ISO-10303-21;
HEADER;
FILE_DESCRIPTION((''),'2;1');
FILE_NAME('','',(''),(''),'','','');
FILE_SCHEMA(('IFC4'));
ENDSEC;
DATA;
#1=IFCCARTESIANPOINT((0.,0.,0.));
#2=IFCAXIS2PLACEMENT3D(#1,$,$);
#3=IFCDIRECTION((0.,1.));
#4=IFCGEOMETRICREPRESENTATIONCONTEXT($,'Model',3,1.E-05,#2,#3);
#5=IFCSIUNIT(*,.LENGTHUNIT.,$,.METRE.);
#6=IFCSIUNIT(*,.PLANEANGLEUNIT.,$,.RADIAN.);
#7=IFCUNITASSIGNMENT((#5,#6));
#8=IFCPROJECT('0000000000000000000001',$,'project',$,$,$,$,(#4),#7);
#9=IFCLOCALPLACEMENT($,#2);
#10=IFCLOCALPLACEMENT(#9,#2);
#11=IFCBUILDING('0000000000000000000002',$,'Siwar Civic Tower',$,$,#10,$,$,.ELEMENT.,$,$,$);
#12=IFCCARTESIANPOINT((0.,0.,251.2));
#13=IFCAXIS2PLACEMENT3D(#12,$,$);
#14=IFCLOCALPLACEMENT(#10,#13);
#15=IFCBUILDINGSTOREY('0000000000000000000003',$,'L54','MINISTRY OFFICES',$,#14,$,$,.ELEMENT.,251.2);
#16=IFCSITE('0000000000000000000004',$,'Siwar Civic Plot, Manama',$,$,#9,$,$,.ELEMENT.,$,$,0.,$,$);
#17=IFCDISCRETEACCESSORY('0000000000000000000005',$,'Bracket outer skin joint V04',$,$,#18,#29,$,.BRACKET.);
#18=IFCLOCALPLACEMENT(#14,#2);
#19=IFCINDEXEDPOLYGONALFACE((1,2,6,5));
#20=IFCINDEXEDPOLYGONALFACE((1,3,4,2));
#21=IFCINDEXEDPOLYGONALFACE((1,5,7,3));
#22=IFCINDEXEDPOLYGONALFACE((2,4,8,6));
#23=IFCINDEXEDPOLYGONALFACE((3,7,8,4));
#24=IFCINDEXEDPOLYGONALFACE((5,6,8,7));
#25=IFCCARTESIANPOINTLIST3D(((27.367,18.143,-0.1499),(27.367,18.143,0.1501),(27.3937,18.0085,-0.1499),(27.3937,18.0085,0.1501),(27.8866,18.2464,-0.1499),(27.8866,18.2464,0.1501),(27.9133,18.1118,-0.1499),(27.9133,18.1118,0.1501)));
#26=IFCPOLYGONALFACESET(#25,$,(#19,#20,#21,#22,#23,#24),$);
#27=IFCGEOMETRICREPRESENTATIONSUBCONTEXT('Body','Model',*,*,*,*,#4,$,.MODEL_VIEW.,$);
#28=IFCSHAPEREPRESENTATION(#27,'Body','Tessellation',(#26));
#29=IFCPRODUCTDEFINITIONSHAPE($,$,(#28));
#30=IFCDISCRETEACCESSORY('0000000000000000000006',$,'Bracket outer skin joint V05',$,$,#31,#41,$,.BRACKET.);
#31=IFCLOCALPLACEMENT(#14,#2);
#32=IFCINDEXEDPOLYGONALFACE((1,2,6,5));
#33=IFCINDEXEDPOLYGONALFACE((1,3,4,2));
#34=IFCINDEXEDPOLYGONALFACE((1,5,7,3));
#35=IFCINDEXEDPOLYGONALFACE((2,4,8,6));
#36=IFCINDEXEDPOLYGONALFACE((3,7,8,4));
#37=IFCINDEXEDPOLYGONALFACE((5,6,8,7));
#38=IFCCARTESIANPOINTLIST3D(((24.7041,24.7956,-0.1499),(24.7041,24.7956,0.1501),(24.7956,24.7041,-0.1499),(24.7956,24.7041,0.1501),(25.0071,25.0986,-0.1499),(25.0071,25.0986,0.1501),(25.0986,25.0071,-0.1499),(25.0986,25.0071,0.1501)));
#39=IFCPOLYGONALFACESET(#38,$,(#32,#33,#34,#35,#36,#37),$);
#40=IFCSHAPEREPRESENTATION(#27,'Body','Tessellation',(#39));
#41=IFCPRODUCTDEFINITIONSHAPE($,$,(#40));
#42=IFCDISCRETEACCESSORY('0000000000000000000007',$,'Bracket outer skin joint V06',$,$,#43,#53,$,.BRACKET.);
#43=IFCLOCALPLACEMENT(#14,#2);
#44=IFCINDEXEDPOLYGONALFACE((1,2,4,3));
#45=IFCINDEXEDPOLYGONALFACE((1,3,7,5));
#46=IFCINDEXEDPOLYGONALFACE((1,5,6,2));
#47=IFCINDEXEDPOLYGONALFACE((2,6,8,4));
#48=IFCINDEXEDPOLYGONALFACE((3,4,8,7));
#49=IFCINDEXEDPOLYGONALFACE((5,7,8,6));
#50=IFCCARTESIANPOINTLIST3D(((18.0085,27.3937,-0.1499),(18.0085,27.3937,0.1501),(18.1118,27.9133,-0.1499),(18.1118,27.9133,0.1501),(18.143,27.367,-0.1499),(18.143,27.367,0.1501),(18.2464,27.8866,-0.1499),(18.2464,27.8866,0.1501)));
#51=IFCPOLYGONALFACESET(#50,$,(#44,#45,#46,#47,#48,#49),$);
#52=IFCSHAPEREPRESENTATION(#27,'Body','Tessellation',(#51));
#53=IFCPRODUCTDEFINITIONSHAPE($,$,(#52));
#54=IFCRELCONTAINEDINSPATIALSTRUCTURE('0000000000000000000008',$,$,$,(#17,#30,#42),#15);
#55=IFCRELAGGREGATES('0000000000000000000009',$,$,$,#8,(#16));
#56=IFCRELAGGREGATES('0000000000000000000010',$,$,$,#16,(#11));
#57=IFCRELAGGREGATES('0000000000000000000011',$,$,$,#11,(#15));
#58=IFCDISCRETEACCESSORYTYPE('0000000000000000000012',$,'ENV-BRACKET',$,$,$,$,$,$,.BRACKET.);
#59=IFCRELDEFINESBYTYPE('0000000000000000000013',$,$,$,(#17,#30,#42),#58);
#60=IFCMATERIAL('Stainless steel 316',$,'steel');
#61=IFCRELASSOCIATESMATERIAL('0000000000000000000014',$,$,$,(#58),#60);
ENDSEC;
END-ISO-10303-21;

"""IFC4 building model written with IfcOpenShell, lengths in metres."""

from ifc_helpers import new_model, si_unit, direction, frame, origin, origin_2d, place, context, subcontext, project, spatial, rectangle, extrude, material, type_object, element, save


model = new_model("IFC4")

# Units and contexts
model_context = context("Model", 3, precision=1e-05, world=origin(), true_north=direction((0.0, 1.0)))
body_context = subcontext(model_context, "Body", "Model", "MODEL_VIEW")
ifc_project = project(units=[si_unit("LENGTHUNIT", "METRE"), si_unit("PLANEANGLEUNIT", "RADIAN")], contexts=[model_context])

# Site, building, storey
site_placement = place(None, origin())
site = spatial("IfcSite", under=ifc_project, at=site_placement, Name="Siwar Civic Plot, Manama", CompositionType="ELEMENT", RefElevation=0.0)
building_placement = place(site_placement, origin())
building = spatial("IfcBuilding", under=site, at=building_placement, Name="Siwar Civic Tower", CompositionType="ELEMENT")
storey_placement = place(building_placement, frame((0.0, 0.0, 251.2)))
storey = spatial("IfcBuildingStorey", under=building, at=storey_placement, Name="L54", Description="MINISTRY OFFICES", CompositionType="ELEMENT", Elevation=251.2)

# Discrete accessories
ifc_material_1 = material(Name="Stainless steel 316", Category="steel")
discrete_accessory_type = type_object("IfcDiscreteAccessoryType", Name="ENV-BRACKET", PredefinedType="BRACKET", material=ifc_material_1)
discrete_accessory_1_placement = place(storey_placement, frame((27.6401, 18.1274, -0.1499), z_axis=(0.0, 0.0, 1.0), x_axis=(0.980785, 0.19509, 0.0)))
element("IfcDiscreteAccessory", 1, at=discrete_accessory_1_placement, inside=storey, type_object=discrete_accessory_type, Name="Bracket outer skin joint V04", PredefinedType="BRACKET", context=body_context, shape_type="SweptSolid", body=[
    extrude(rectangle(XDim=0.5298, YDim=0.1372, at=origin_2d()), origin(), (0.0, 0.0, 1.0), 0.3),
])
discrete_accessory_2_placement = place(storey_placement, frame((24.9014, 24.9014, -0.1499), z_axis=(0.0, 0.0, 1.0), x_axis=(0.707107, 0.707107, 0.0)))
element("IfcDiscreteAccessory", 2, at=discrete_accessory_2_placement, inside=storey, type_object=discrete_accessory_type, Name="Bracket outer skin joint V05", PredefinedType="BRACKET", context=body_context, shape_type="SweptSolid", body=[
    extrude(rectangle(XDim=0.4285, YDim=0.1294, at=origin_2d()), origin(), (0.0, 0.0, 1.0), 0.3),
])
discrete_accessory_3_placement = place(storey_placement, frame((18.1274, 27.6401, -0.1499), z_axis=(0.0, 0.0, 1.0), x_axis=(0.19509, 0.980785, 0.0)))
element("IfcDiscreteAccessory", 3, at=discrete_accessory_3_placement, inside=storey, type_object=discrete_accessory_type, Name="Bracket outer skin joint V06", PredefinedType="BRACKET", context=body_context, shape_type="SweptSolid", body=[
    extrude(rectangle(XDim=0.5298, YDim=0.1372, at=origin_2d()), origin(), (0.0, 0.0, 1.0), 0.3),
])

save(model, "model.ifc")
